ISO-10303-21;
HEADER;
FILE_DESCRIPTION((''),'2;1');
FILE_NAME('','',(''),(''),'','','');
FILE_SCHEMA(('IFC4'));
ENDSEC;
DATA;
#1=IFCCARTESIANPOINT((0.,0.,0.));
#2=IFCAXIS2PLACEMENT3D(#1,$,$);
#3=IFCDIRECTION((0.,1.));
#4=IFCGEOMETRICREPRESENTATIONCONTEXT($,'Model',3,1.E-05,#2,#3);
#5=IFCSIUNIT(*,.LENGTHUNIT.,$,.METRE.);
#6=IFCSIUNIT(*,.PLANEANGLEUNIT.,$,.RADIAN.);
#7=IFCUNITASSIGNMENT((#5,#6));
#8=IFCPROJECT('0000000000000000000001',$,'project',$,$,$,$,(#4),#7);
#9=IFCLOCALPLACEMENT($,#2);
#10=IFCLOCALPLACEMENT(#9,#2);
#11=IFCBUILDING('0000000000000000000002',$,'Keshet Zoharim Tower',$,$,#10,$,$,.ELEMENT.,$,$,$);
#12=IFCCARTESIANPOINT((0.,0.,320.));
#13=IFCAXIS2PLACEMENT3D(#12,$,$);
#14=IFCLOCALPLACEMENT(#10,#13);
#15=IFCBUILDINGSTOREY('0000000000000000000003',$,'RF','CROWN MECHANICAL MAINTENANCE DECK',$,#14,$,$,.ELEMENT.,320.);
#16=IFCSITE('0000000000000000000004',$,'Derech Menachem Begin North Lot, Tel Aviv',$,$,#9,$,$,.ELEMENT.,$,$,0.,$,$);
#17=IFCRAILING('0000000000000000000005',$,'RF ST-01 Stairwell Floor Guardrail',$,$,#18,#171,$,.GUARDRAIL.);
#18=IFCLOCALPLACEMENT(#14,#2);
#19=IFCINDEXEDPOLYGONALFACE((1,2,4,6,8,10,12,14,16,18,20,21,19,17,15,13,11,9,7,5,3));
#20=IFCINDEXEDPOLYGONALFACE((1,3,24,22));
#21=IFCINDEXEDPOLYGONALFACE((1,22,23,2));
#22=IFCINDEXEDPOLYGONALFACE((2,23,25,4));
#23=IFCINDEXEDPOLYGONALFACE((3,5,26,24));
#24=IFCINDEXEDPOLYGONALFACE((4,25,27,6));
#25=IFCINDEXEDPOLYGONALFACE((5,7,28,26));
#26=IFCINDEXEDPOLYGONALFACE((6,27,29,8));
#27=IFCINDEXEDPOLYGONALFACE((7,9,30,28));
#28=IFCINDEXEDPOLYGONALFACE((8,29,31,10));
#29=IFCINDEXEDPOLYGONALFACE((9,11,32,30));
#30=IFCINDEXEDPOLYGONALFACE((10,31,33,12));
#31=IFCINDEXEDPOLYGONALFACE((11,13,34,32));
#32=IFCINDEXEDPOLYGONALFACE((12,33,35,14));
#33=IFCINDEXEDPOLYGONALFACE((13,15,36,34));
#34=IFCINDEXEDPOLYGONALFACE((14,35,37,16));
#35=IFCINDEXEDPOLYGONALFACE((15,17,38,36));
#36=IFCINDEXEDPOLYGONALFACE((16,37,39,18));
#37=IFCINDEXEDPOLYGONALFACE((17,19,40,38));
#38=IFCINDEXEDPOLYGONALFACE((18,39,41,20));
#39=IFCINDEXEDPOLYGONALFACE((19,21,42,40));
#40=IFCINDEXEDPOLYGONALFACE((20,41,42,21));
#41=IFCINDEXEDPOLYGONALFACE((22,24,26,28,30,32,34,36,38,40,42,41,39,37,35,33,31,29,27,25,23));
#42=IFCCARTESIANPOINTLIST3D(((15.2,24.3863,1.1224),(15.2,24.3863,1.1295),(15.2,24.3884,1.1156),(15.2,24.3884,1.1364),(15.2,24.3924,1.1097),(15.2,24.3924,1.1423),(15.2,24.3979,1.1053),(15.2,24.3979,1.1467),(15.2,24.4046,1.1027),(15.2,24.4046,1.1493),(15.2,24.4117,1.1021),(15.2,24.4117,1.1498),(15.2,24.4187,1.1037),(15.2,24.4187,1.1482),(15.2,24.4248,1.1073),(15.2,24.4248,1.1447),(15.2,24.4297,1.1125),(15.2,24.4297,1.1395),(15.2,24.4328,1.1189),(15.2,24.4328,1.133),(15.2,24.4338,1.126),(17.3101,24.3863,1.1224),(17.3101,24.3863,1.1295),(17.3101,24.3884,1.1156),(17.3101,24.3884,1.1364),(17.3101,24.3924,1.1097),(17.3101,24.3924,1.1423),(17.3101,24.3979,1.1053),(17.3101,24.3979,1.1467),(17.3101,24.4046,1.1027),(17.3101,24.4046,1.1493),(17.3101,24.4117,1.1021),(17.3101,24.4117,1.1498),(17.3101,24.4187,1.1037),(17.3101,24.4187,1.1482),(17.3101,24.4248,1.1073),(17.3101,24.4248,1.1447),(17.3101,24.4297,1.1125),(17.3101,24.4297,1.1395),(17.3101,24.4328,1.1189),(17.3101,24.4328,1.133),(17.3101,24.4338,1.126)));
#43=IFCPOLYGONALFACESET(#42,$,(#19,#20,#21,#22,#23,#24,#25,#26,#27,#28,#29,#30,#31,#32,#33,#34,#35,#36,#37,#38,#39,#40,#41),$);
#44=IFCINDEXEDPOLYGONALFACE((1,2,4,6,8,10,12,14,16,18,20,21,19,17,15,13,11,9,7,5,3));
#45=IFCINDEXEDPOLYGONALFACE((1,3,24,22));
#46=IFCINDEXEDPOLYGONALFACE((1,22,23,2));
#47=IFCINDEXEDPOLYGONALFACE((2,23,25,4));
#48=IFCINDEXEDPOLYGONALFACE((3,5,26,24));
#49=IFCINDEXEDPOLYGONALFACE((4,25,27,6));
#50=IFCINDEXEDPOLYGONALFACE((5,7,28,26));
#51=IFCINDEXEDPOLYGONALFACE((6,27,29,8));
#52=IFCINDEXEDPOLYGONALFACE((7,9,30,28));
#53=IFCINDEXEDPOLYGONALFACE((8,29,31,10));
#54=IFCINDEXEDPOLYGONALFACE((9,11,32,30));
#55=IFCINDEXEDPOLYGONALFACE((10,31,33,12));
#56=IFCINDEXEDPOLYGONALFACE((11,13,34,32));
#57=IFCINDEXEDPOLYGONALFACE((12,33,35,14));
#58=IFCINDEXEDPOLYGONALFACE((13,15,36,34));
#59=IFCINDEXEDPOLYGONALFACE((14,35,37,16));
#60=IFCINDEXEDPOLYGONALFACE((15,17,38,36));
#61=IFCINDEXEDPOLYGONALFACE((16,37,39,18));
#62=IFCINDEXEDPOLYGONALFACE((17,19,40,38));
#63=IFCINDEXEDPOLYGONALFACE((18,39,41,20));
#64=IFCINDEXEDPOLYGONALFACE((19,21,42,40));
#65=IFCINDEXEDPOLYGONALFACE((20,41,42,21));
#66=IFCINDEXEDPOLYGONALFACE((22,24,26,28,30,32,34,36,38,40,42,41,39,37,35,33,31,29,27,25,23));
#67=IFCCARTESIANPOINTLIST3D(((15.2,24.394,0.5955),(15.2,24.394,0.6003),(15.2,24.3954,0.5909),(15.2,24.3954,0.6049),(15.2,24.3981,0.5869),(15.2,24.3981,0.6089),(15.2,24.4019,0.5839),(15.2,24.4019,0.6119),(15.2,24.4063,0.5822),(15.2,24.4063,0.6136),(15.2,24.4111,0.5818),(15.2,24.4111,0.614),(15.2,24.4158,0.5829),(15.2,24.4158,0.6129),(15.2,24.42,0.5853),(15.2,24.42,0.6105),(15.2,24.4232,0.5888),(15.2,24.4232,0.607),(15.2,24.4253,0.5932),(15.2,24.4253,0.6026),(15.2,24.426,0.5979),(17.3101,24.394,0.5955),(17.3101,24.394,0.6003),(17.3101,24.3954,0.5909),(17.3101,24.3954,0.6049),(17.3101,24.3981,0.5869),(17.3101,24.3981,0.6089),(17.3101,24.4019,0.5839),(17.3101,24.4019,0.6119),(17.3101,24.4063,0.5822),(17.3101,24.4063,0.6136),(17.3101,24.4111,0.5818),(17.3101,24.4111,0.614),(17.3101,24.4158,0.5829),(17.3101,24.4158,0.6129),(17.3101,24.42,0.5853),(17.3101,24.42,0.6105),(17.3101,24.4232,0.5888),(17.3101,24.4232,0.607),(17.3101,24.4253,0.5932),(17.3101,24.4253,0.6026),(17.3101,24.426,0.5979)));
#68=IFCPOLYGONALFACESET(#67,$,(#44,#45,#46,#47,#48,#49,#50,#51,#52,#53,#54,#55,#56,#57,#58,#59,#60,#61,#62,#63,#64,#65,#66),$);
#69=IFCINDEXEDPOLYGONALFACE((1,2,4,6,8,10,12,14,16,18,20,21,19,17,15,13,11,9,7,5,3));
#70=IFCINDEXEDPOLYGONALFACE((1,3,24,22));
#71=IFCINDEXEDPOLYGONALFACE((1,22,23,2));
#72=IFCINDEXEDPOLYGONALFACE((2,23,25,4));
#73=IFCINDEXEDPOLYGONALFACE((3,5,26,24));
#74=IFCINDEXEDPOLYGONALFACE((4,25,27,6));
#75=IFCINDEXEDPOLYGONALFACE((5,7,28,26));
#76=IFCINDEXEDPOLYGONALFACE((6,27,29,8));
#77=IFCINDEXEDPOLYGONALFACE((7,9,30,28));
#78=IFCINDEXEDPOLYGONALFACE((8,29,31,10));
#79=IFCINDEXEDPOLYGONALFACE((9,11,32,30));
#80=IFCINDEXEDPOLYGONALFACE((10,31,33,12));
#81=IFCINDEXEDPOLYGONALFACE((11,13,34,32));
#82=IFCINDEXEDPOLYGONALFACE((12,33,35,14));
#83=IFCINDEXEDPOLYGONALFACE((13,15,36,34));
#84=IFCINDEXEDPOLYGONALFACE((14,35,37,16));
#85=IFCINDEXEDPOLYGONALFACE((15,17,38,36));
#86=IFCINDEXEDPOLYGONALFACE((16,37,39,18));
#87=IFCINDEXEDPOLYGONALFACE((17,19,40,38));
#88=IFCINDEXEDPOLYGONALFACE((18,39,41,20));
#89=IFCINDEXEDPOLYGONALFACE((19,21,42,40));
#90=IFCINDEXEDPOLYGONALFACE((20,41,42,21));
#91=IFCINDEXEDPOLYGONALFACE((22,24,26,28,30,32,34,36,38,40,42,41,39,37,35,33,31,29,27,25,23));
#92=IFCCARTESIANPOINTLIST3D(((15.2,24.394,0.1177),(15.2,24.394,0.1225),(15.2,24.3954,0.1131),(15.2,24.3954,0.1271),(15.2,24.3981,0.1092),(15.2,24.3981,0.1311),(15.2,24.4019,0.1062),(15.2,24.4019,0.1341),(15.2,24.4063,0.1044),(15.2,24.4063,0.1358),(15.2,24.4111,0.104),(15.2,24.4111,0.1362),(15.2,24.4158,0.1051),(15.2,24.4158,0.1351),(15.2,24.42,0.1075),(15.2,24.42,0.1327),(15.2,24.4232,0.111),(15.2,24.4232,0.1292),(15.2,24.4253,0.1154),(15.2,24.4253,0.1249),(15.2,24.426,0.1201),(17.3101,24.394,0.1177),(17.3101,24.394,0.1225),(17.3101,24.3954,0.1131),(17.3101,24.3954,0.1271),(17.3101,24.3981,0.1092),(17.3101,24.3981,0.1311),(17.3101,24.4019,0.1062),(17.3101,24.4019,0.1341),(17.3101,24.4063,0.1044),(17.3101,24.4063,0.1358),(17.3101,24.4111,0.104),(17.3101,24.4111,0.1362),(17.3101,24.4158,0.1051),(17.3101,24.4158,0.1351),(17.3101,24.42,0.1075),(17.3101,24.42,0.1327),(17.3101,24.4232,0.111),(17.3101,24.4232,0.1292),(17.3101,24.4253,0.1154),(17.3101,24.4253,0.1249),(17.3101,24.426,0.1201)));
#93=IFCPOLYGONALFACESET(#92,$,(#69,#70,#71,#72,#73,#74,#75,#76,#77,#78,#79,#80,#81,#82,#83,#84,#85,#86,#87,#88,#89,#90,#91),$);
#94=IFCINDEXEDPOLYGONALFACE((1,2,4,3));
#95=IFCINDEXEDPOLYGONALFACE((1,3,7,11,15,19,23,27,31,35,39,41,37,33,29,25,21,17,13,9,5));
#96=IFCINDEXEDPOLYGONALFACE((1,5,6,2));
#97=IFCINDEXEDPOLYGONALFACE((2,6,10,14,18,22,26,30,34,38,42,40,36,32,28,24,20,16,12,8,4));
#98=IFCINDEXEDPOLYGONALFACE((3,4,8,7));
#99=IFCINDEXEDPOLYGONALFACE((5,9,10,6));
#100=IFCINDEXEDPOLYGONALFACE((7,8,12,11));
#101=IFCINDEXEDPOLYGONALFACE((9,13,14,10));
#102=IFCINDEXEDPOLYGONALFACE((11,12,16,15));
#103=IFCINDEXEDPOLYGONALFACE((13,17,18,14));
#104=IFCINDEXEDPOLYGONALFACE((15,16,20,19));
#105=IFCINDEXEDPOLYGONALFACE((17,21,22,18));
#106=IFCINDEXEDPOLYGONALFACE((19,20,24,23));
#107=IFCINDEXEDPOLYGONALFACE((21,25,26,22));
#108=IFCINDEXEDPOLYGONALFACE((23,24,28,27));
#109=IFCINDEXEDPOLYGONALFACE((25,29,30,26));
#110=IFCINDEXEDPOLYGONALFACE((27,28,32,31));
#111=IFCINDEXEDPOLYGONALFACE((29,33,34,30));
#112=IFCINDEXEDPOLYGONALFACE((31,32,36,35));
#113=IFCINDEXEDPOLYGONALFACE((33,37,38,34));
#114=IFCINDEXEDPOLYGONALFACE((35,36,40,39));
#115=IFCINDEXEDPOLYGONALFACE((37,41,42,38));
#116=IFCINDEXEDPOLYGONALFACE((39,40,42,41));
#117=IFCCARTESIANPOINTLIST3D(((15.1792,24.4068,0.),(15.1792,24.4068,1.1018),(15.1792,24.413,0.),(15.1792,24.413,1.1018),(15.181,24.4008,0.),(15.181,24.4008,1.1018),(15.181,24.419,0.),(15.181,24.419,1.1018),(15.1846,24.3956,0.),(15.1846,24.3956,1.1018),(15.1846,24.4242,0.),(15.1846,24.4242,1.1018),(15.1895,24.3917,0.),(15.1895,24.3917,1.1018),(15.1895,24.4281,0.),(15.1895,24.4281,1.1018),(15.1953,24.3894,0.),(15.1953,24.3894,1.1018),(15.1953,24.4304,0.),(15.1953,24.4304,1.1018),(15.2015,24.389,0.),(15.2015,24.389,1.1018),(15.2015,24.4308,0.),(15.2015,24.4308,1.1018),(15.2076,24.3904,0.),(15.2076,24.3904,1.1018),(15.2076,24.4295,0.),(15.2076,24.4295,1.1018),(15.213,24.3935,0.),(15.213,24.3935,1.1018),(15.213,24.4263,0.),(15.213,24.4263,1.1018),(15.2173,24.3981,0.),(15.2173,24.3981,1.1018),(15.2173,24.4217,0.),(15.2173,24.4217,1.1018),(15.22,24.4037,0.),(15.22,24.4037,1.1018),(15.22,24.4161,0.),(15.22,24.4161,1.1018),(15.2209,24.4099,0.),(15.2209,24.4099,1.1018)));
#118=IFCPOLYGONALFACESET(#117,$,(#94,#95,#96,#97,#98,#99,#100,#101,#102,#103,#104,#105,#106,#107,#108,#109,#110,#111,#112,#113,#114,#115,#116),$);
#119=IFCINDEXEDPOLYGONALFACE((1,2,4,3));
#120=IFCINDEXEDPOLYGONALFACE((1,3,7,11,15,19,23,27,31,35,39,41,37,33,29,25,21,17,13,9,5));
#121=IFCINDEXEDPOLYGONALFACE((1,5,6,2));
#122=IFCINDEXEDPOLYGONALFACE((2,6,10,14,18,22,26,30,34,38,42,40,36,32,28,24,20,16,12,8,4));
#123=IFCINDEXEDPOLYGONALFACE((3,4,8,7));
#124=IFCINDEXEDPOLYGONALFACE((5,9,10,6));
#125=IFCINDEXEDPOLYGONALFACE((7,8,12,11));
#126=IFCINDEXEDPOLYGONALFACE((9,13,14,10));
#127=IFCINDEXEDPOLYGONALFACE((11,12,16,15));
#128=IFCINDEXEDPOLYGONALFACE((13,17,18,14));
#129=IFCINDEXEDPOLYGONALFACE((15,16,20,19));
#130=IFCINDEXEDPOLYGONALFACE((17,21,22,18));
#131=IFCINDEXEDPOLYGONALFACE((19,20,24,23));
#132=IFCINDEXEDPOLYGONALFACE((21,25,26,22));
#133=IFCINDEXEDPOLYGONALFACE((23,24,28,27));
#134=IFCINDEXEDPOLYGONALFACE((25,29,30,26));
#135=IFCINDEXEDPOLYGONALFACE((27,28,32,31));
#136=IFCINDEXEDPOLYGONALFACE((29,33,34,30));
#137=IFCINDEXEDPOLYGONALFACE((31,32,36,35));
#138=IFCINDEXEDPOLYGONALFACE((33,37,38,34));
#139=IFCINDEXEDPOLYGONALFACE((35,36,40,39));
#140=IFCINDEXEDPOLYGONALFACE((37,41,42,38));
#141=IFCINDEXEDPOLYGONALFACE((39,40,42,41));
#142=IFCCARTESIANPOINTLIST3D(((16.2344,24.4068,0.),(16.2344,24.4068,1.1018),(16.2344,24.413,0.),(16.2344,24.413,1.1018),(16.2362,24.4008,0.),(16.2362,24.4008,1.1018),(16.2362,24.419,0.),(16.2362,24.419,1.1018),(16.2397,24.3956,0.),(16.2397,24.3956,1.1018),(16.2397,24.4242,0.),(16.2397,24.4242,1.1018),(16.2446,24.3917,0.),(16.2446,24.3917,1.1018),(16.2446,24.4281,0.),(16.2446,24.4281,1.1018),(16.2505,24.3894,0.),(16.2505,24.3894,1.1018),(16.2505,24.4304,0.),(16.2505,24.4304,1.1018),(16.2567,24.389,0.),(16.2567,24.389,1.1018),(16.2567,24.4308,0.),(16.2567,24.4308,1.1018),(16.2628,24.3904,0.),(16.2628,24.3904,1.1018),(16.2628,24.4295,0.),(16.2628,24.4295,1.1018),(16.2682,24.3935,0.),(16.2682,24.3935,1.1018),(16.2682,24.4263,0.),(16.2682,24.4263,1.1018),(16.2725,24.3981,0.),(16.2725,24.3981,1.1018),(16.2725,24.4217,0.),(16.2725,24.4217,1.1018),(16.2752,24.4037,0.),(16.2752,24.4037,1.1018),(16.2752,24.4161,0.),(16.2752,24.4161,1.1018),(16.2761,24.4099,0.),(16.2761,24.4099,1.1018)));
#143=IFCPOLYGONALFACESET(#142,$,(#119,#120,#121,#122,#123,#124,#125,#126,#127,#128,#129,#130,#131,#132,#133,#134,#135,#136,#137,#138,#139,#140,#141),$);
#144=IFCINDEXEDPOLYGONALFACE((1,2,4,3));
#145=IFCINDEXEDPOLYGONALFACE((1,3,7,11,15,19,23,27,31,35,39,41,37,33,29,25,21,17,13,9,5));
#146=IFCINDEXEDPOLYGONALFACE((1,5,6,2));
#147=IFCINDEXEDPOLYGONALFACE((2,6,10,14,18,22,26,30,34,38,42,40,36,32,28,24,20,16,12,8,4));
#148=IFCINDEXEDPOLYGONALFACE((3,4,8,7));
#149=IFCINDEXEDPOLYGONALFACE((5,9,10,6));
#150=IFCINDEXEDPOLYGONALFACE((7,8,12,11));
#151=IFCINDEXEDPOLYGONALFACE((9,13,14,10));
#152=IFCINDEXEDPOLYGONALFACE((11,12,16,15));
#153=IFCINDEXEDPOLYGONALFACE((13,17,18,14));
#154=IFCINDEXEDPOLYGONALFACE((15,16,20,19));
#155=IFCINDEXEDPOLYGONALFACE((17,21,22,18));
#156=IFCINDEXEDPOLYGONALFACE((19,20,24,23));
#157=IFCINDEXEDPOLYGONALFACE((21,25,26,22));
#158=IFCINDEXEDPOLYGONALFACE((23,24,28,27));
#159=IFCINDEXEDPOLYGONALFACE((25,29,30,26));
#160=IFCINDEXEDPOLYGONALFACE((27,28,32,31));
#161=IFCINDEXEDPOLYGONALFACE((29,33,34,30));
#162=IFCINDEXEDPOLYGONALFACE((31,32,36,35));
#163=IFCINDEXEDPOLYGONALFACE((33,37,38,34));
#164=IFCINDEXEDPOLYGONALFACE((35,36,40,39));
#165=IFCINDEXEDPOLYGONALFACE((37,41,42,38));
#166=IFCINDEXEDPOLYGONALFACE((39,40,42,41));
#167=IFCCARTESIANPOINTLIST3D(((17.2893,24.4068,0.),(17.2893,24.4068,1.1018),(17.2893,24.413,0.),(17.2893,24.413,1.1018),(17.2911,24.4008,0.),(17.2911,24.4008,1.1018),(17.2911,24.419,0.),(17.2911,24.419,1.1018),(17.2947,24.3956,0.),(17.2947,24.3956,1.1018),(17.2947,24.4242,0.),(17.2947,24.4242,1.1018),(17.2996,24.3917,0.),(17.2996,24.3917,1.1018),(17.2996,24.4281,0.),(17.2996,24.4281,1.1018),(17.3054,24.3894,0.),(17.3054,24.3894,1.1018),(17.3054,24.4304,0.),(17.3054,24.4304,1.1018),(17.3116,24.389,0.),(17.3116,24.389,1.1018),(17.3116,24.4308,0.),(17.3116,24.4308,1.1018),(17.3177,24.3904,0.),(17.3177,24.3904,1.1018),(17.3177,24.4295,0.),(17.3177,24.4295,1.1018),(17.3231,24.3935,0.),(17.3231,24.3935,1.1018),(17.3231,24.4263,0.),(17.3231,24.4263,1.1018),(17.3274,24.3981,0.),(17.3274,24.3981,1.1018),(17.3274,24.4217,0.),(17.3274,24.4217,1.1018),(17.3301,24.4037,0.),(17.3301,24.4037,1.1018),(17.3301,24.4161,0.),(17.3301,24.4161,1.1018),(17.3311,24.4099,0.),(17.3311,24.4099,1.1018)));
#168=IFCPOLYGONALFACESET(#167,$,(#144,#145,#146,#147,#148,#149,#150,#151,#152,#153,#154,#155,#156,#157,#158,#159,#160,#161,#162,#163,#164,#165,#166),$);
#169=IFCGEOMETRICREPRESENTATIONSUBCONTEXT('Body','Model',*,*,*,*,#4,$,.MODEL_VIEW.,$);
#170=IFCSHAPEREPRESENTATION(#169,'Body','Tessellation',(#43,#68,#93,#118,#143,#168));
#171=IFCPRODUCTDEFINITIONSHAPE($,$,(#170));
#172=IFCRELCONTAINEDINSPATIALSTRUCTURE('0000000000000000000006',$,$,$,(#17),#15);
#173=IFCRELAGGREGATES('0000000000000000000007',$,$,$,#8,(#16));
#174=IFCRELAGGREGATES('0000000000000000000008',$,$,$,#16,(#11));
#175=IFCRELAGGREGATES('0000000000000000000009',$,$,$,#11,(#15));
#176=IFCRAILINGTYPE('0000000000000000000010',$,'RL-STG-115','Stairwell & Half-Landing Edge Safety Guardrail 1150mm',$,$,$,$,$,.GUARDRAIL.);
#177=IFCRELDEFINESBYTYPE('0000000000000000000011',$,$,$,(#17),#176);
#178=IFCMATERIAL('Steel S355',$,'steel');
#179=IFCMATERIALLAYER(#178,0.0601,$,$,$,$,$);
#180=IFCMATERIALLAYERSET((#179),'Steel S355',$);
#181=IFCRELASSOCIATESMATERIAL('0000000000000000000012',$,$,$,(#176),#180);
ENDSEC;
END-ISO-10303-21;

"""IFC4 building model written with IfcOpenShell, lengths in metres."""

from ifc_helpers import new_model, si_unit, direction, frame, origin, origin_2d, place, context, subcontext, project, spatial, circle, extrude, material, layer, layer_set, type_object, element, save


model = new_model("IFC4")

# Units and contexts
model_context = context("Model", 3, precision=1e-05, world=origin(), true_north=direction((0.0, 1.0)))
body_context = subcontext(model_context, "Body", "Model", "MODEL_VIEW")
ifc_project = project(units=[si_unit("LENGTHUNIT", "METRE"), si_unit("PLANEANGLEUNIT", "RADIAN")], contexts=[model_context])

# Site, building, storey
site_placement = place(None, origin())
site = spatial("IfcSite", under=ifc_project, at=site_placement, Name="Derech Menachem Begin North Lot, Tel Aviv", CompositionType="ELEMENT", RefElevation=0.0)
building_placement = place(site_placement, origin())
building = spatial("IfcBuilding", under=site, at=building_placement, Name="Keshet Zoharim Tower", CompositionType="ELEMENT")
storey_placement = place(building_placement, frame((0.0, 0.0, 320.0)))
storey = spatial("IfcBuildingStorey", under=building, at=storey_placement, Name="RF", Description="CROWN MECHANICAL MAINTENANCE DECK", CompositionType="ELEMENT", Elevation=320.0)

# Shared definitions
ifc_material_1 = material(Name="Steel S355", Category="steel")

# Railing
ifc_layer_1 = layer(ifc_material_1, 0.0601)
ifc_layer_set_1 = layer_set([ifc_layer_1], Name="Steel S355")
railing_type = type_object("IfcRailingType", Name="RL-STG-115", Description="Stairwell & Half-Landing Edge Safety Guardrail 1150mm", PredefinedType="GUARDRAIL", material=ifc_layer_set_1)
railing_placement = place(storey_placement, frame((15.2, 24.4099, 0.0)))
element("IfcRailing", 1, at=railing_placement, inside=storey, type_object=railing_type, Name="RF ST-01 Stairwell Floor Guardrail", PredefinedType="GUARDRAIL", context=body_context, shape_type="SweptSolid", body=[
    extrude(circle(Radius=0.0239, at=origin_2d()), frame((0.0, 0.0, 1.126), z_axis=(1.0, 0.0, 0.0), x_axis=(0.0, 1.0, 0.0)), (0.0, 0.0, 1.0), 2.1101),
    extrude(circle(Radius=0.0161, at=origin_2d()), frame((0.0, 0.0, 0.5979), z_axis=(1.0, 0.0, 0.0), x_axis=(0.0, 1.0, 0.0)), (0.0, 0.0, 1.0), 2.1101),
    extrude(circle(Radius=0.0161, at=origin_2d()), frame((0.0, 0.0, 0.1201), z_axis=(1.0, 0.0, 0.0), x_axis=(0.0, 1.0, 0.0)), (0.0, 0.0, 1.0), 2.1101),
    extrude(circle(Radius=0.021, at=origin_2d()), origin(), (0.0, 0.0, 1.0), 1.1018),
    extrude(circle(Radius=0.021, at=origin_2d()), frame((1.0552, 0.0, 0.0)), (0.0, 0.0, 1.0), 1.1018),
    extrude(circle(Radius=0.021, at=origin_2d()), frame((2.1101, 0.0, 0.0)), (0.0, 0.0, 1.0), 1.1018),
])

save(model, "model.ifc")
